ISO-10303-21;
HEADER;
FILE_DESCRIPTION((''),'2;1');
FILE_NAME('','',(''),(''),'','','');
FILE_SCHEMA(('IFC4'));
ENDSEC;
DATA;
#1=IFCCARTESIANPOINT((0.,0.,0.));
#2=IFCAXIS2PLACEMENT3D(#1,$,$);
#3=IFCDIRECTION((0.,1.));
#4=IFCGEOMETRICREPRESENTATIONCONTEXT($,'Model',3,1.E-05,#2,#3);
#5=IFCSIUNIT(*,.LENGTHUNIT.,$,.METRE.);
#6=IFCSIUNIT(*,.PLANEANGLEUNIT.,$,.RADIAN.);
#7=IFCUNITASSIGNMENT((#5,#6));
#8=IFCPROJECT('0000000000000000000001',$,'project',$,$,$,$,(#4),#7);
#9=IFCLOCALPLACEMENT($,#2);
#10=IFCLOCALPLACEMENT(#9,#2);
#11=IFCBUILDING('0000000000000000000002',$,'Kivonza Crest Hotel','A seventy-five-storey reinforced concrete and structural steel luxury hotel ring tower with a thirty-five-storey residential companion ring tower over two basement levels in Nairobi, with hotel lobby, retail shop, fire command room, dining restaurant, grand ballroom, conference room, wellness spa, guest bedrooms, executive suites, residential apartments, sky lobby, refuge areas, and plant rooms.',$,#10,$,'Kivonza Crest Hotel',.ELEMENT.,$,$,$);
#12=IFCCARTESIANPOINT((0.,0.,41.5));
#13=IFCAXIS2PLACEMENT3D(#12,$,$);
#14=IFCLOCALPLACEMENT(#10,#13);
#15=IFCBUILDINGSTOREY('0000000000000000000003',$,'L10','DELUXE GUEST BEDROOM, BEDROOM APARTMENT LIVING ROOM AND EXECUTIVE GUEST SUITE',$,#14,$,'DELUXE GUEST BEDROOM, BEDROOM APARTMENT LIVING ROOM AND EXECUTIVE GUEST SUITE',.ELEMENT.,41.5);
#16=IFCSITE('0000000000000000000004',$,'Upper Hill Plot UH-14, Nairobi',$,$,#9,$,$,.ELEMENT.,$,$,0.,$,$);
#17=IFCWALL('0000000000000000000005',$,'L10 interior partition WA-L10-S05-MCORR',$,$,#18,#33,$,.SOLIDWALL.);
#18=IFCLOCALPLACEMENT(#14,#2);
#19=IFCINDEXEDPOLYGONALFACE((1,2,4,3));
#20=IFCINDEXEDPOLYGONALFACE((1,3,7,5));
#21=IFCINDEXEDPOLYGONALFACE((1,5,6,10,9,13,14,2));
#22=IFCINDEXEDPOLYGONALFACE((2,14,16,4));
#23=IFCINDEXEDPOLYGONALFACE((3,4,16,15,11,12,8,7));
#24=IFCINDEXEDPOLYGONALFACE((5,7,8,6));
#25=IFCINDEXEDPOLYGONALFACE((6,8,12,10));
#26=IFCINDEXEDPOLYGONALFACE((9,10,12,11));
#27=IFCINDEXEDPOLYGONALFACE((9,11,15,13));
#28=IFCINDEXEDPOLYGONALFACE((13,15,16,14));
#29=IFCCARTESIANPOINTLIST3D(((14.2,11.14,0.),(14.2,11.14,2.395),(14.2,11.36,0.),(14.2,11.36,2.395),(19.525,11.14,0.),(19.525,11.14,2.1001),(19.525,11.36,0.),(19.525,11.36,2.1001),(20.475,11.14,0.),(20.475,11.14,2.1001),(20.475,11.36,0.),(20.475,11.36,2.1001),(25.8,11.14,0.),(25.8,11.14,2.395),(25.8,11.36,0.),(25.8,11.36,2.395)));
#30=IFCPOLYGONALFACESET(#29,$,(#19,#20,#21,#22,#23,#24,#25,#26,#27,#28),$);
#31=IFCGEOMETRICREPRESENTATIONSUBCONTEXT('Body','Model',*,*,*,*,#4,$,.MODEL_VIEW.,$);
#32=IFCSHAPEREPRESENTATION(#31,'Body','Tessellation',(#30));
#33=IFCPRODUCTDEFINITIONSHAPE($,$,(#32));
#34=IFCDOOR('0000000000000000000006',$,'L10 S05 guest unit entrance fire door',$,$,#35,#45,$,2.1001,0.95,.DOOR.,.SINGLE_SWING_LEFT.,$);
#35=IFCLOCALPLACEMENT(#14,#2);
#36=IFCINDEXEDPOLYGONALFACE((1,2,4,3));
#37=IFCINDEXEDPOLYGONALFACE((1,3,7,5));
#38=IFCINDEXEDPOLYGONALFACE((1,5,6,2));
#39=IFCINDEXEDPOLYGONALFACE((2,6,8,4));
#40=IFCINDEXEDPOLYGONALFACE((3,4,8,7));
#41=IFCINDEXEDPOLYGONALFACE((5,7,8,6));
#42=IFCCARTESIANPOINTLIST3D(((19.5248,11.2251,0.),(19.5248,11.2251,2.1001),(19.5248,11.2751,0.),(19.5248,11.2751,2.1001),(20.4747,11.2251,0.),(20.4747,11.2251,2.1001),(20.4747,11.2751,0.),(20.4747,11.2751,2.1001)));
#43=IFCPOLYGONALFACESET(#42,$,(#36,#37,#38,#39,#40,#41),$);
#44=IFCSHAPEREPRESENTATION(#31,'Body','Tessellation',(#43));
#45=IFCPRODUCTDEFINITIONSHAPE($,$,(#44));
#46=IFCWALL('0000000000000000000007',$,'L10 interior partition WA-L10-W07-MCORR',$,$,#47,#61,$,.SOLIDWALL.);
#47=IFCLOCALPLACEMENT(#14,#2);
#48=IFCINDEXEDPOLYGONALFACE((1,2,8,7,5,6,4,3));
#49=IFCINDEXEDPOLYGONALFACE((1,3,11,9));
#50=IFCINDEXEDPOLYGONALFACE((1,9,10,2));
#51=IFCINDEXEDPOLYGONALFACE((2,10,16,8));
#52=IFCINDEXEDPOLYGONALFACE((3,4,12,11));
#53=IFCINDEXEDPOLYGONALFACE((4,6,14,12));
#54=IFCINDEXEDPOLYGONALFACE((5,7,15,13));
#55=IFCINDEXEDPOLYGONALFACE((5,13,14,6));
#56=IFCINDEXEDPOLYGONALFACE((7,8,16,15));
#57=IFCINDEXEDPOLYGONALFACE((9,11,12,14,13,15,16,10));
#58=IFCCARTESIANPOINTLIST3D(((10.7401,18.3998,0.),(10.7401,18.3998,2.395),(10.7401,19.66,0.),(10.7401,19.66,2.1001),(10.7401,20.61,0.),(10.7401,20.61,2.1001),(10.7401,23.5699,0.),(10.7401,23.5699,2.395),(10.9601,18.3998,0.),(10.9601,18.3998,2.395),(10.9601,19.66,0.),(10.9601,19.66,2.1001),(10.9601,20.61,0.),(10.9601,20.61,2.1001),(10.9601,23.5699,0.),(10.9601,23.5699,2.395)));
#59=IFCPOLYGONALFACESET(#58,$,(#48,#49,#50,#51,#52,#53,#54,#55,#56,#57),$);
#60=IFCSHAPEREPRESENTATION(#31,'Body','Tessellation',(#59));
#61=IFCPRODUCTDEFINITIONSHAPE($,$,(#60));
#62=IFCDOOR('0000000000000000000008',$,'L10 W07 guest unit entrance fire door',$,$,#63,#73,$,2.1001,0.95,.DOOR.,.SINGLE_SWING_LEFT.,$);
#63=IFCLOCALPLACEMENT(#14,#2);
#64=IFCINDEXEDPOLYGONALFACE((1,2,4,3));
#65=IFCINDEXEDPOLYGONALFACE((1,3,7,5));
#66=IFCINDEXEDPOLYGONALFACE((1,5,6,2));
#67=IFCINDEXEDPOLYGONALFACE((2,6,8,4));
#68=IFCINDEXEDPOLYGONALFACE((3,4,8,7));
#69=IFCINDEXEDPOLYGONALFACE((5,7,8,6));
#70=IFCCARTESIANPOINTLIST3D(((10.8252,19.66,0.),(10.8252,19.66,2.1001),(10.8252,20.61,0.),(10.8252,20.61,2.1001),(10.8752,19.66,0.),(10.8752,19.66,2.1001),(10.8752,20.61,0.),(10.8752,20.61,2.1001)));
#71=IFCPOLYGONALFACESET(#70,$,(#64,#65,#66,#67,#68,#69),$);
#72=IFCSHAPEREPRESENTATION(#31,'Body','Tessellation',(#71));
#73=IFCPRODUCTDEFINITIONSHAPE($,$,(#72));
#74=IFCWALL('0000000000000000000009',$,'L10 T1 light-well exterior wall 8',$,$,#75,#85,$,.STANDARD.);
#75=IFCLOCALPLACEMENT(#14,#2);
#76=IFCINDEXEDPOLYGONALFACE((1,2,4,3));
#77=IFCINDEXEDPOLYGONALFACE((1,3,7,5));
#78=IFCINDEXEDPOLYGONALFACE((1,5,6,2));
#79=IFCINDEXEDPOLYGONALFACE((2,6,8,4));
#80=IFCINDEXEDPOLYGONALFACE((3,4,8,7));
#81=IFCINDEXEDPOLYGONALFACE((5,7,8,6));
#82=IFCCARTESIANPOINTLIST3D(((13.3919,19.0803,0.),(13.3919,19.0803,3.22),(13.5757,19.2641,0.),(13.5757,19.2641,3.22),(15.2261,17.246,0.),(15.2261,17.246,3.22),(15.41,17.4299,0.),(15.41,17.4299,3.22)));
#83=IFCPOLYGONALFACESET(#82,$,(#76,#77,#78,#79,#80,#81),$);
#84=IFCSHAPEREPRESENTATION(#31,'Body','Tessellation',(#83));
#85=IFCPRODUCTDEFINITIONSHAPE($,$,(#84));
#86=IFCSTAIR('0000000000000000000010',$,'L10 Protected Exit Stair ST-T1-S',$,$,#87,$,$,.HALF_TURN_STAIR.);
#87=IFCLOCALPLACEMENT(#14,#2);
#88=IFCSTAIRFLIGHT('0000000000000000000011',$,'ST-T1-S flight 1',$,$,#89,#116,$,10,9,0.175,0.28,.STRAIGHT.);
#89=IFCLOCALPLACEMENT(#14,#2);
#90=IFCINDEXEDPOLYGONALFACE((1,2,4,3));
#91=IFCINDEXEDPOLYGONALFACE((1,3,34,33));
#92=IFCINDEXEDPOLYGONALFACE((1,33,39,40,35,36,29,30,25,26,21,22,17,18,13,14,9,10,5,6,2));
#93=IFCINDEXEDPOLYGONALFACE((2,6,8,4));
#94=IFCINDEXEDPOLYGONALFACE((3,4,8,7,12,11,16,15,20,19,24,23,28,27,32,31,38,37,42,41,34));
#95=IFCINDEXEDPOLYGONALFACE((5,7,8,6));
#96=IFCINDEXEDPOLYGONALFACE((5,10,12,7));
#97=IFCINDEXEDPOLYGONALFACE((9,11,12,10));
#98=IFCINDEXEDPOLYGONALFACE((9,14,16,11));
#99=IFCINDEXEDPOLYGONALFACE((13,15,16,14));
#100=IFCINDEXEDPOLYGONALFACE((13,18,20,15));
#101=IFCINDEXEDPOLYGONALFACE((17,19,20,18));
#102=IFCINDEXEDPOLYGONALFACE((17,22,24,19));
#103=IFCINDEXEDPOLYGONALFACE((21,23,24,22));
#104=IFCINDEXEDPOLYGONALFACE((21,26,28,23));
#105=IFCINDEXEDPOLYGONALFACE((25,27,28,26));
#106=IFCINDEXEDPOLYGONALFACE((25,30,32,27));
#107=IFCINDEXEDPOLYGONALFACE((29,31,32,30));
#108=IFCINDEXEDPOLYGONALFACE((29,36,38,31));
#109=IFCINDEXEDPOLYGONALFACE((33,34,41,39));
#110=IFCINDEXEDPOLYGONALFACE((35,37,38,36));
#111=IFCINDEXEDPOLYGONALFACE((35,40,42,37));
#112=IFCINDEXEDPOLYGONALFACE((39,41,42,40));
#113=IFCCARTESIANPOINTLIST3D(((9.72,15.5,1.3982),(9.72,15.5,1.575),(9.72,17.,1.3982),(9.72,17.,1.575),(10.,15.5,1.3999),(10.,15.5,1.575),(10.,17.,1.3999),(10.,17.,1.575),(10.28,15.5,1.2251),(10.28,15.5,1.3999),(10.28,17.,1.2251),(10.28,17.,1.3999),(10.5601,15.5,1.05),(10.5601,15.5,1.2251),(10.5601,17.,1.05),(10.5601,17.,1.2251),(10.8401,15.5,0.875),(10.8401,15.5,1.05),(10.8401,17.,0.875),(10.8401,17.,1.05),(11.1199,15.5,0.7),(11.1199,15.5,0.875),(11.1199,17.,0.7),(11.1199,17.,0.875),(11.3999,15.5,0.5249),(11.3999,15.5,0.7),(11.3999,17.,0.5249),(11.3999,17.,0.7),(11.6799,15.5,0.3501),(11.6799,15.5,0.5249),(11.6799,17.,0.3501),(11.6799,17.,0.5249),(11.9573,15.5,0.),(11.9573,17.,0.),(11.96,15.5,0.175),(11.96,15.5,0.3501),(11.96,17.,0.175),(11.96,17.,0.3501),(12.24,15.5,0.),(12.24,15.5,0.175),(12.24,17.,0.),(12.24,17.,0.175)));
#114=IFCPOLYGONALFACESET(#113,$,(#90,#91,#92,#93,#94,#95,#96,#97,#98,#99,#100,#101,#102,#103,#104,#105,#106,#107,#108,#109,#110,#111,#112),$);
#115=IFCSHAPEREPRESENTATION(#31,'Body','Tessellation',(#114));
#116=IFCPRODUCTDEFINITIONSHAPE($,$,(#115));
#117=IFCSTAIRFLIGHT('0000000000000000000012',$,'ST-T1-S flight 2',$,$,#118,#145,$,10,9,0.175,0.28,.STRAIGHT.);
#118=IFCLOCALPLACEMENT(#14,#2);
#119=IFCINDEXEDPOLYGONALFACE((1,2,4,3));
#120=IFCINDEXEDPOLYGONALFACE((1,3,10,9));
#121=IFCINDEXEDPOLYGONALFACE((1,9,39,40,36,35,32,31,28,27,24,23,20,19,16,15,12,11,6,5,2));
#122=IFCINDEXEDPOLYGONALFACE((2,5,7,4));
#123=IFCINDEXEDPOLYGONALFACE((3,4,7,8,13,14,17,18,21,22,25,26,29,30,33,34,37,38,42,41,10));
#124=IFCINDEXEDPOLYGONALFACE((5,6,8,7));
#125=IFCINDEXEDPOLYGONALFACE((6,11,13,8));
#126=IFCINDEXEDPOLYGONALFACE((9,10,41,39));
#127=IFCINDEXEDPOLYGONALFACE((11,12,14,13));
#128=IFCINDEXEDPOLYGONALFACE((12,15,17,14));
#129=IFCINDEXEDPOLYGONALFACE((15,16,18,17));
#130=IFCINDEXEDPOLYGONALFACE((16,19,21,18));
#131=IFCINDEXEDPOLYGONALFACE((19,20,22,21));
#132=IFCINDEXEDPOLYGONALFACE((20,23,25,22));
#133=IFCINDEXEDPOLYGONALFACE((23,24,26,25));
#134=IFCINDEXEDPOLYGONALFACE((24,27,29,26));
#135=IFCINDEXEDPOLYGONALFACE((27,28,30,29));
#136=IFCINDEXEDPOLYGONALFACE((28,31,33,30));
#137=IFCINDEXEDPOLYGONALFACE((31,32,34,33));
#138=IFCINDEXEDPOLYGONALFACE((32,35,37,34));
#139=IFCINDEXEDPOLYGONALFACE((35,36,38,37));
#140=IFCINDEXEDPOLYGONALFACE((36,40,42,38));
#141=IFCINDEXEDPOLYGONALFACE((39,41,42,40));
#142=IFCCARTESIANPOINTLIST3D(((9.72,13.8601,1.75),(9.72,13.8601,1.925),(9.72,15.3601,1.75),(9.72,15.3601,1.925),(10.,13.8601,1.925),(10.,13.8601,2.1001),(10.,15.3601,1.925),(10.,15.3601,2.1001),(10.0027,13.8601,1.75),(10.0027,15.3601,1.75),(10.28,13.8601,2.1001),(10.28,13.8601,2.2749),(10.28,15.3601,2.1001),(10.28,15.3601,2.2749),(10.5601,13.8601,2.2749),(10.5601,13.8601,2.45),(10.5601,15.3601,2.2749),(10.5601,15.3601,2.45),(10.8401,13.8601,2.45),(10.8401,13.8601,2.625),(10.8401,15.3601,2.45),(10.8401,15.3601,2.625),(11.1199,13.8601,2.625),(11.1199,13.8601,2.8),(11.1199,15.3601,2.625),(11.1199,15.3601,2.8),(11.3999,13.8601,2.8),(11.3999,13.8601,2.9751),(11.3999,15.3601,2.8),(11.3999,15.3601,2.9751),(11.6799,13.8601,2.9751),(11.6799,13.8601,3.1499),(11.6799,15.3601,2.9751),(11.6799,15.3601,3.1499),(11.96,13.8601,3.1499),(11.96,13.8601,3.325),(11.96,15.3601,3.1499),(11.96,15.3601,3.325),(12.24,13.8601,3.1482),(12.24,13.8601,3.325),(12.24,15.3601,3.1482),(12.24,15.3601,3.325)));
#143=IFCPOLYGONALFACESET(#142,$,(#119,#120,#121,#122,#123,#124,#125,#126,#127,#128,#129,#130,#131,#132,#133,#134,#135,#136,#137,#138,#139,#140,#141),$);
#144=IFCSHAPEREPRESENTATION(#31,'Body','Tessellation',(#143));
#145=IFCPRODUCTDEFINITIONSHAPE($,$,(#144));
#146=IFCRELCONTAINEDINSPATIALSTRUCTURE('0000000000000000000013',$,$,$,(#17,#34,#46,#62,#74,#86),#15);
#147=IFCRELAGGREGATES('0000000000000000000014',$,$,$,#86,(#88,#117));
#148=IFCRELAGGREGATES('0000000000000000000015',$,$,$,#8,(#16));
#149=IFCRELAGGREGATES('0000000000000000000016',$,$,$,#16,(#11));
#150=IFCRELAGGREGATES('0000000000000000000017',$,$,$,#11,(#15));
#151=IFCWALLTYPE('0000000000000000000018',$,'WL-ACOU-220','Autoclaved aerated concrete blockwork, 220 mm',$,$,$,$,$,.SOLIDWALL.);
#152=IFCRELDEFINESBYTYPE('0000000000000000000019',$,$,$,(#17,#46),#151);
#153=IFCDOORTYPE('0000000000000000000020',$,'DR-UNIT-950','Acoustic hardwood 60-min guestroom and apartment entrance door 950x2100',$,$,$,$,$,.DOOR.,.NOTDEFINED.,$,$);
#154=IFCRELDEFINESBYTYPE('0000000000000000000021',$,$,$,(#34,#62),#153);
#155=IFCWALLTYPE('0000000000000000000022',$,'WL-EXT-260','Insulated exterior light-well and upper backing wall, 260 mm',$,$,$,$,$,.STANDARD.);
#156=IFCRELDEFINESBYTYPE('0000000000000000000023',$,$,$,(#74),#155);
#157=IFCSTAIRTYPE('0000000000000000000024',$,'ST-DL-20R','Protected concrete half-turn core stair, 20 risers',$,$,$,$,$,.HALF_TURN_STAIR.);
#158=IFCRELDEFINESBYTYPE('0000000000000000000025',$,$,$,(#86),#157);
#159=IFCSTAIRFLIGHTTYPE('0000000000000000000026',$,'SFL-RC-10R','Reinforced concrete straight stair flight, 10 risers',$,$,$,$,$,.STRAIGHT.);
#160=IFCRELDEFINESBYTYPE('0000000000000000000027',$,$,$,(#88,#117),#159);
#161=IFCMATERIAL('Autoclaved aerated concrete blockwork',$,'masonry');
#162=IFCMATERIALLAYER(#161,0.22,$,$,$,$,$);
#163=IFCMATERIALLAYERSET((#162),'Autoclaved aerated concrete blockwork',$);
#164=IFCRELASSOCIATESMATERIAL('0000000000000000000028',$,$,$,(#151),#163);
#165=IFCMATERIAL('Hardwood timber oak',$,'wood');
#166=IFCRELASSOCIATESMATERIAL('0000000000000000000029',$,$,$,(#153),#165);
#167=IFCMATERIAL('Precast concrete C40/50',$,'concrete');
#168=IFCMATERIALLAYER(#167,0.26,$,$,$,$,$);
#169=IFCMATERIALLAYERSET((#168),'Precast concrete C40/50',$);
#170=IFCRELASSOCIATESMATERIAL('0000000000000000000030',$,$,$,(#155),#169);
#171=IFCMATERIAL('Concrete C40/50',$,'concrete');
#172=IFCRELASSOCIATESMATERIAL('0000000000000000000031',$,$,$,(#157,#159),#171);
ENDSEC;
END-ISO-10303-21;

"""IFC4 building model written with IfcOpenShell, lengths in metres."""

from ifc_helpers import new_model, si_unit, direction, frame, frame_2d, origin, place, context, subcontext, project, spatial, polyline, rectangle, outline, extrude, material, layer, layer_set, type_object, element, fill, aggregate, save


model = new_model("IFC4")

# Units and contexts
model_context = context("Model", 3, precision=1e-05, world=origin(), true_north=direction((0.0, 1.0)))
body_context = subcontext(model_context, "Body", "Model", "MODEL_VIEW")
ifc_project = project(units=[si_unit("LENGTHUNIT", "METRE"), si_unit("PLANEANGLEUNIT", "RADIAN")], contexts=[model_context])

# Site, building, storey
site_placement = place(None, origin())
site = spatial("IfcSite", under=ifc_project, at=site_placement, Name="Upper Hill Plot UH-14, Nairobi", CompositionType="ELEMENT", RefElevation=0.0)
building_placement = place(site_placement, origin())
building = spatial("IfcBuilding", under=site, at=building_placement, Name="Kivonza Crest Hotel", Description="A seventy-five-storey reinforced concrete and structural steel luxury hotel ring tower with a thirty-five-storey residential companion ring tower over two basement levels in Nairobi, with hotel lobby, retail shop, fire command room, dining restaurant, grand ballroom, conference room, wellness spa, guest bedrooms, executive suites, residential apartments, sky lobby, refuge areas, and plant rooms.", LongName="Kivonza Crest Hotel", CompositionType="ELEMENT")
storey_placement = place(building_placement, frame((0.0, 0.0, 41.5)))
storey = spatial("IfcBuildingStorey", under=building, at=storey_placement, Name="L10", Description="DELUXE GUEST BEDROOM, BEDROOM APARTMENT LIVING ROOM AND EXECUTIVE GUEST SUITE", LongName="DELUXE GUEST BEDROOM, BEDROOM APARTMENT LIVING ROOM AND EXECUTIVE GUEST SUITE", CompositionType="ELEMENT", Elevation=41.5)

# Shared definitions
ifc_material_1 = material(Name="Autoclaved aerated concrete blockwork", Category="masonry")
ifc_layer_1 = layer(ifc_material_1, 0.22)
ifc_layer_set_1 = layer_set([ifc_layer_1], Name="Autoclaved aerated concrete blockwork")
wall_type_1 = type_object("IfcWallType", Name="WL-ACOU-220", Description="Autoclaved aerated concrete blockwork, 220 mm", PredefinedType="SOLIDWALL", material=ifc_layer_set_1)

# Walls, openings, doors
wall_1_placement = place(storey_placement, frame((14.2, 11.25, 0.0), z_axis=(0.0, 0.0, 1.0), x_axis=(1.0, 0.0, 0.0)))
wall_1 = element("IfcWall", 1, at=wall_1_placement, inside=storey, type_object=wall_type_1, Name="L10 interior partition WA-L10-S05-MCORR", PredefinedType="SOLIDWALL", context=body_context, shape_type="SweptSolid", body=[
    extrude(rectangle(XDim=11.6001, YDim=0.22, at=frame_2d((5.8, 0.0))), origin(), (0.0, 0.0, 1.0), 2.395),
])
opening_1_placement = place(wall_1_placement, frame((5.325, 0.0, 0.0)))
opening_1 = element("IfcOpeningElement", 2, at=opening_1_placement, cuts=wall_1, PredefinedType="OPENING", context=body_context, shape_type="SweptSolid", body=[
    extrude(rectangle(XDim=0.95, YDim=2.1001, at=frame_2d((0.4751, 1.05))), frame((0.0, 0.1201, 0.0), z_axis=(0.0, -1.0, 0.0), x_axis=(1.0, 0.0, 0.0)), (0.0, 0.0, 1.0), 0.24),
])
ifc_material_2 = material(Name="Hardwood timber oak", Category="wood")
door_type_1 = type_object("IfcDoorType", Name="DR-UNIT-950", Description="Acoustic hardwood 60-min guestroom and apartment entrance door 950x2100", OperationType="NOTDEFINED", PredefinedType="DOOR", material=ifc_material_2)
door_1_placement = place(opening_1_placement, frame((0.95, 0.0, 0.0), z_axis=(0.0, 0.0, 1.0), x_axis=(-1.0, 0.0, 0.0)))
door_1 = element("IfcDoor", 3, at=door_1_placement, inside=storey, type_object=door_type_1, Name="L10 S05 guest unit entrance fire door", OperationType="SINGLE_SWING_LEFT", OverallHeight=2.1001, OverallWidth=0.95, PredefinedType="DOOR", context=body_context, shape_type="SweptSolid", body=[
    extrude(rectangle(XDim=0.95, YDim=2.1001, at=frame_2d((0.4751, 1.05))), frame((0.0, 0.0249, 0.0), z_axis=(0.0, -1.0, 0.0), x_axis=(1.0, 0.0, 0.0)), (0.0, 0.0, 1.0), 0.05),
])
fill(opening_1, door_1)
wall_2_placement = place(storey_placement, frame((10.8501, 18.3999, 0.0), z_axis=(0.0, 0.0, 1.0), x_axis=(0.0, 1.0, 0.0)))
wall_2 = element("IfcWall", 4, at=wall_2_placement, inside=storey, type_object=wall_type_1, Name="L10 interior partition WA-L10-W07-MCORR", PredefinedType="SOLIDWALL", context=body_context, shape_type="SweptSolid", body=[
    extrude(rectangle(XDim=5.1702, YDim=0.22, at=frame_2d((2.585, 0.0))), origin(), (0.0, 0.0, 1.0), 2.395),
])
opening_2_placement = place(wall_2_placement, frame((1.26, 0.0, 0.0)))
opening_2 = element("IfcOpeningElement", 5, at=opening_2_placement, cuts=wall_2, PredefinedType="OPENING", context=body_context, shape_type="SweptSolid", body=[
    extrude(rectangle(XDim=0.95, YDim=2.1001, at=frame_2d((0.4751, 1.05))), frame((0.0, 0.1201, 0.0), z_axis=(0.0, -1.0, 0.0), x_axis=(1.0, 0.0, 0.0)), (0.0, 0.0, 1.0), 0.24),
])
door_2_placement = place(opening_2_placement, origin())
door_2 = element("IfcDoor", 6, at=door_2_placement, inside=storey, type_object=door_type_1, Name="L10 W07 guest unit entrance fire door", OperationType="SINGLE_SWING_LEFT", OverallHeight=2.1001, OverallWidth=0.95, PredefinedType="DOOR", context=body_context, shape_type="SweptSolid", body=[
    extrude(rectangle(XDim=0.95, YDim=2.1001, at=frame_2d((0.4751, 1.05))), frame((0.0, 0.0249, 0.0), z_axis=(0.0, -1.0, 0.0), x_axis=(1.0, 0.0, 0.0)), (0.0, 0.0, 1.0), 0.05),
])
fill(opening_2, door_2)

# Wall
ifc_material_3 = material(Name="Precast concrete C40/50", Category="concrete")
ifc_layer_2 = layer(ifc_material_3, 0.26)
ifc_layer_set_2 = layer_set([ifc_layer_2], Name="Precast concrete C40/50")
wall_type_2 = type_object("IfcWallType", Name="WL-EXT-260", Description="Insulated exterior light-well and upper backing wall, 260 mm", PredefinedType="STANDARD", material=ifc_layer_set_2)
wall_3_placement = place(storey_placement, frame((13.4839, 19.1721, 0.0), z_axis=(0.0, 0.0, 1.0), x_axis=(0.707107, -0.707107, 0.0)))
element("IfcWall", 7, at=wall_3_placement, inside=storey, type_object=wall_type_2, Name="L10 T1 light-well exterior wall 8", PredefinedType="STANDARD", context=body_context, shape_type="SweptSolid", body=[
    extrude(rectangle(XDim=2.594, YDim=0.26, at=frame_2d((1.2969, 0.0))), origin(), (0.0, 0.0, 1.0), 3.22),
])

# Stair, stair flights
ifc_material_4 = material(Name="Concrete C40/50", Category="concrete")
stair_type = type_object("IfcStairType", Name="ST-DL-20R", Description="Protected concrete half-turn core stair, 20 risers", PredefinedType="HALF_TURN_STAIR", material=ifc_material_4)
stair_placement = place(storey_placement, origin())
stair = element("IfcStair", 8, at=stair_placement, inside=storey, type_object=stair_type, Name="L10 Protected Exit Stair ST-T1-S", PredefinedType="HALF_TURN_STAIR")
stair_flight_type = type_object("IfcStairFlightType", Name="SFL-RC-10R", Description="Reinforced concrete straight stair flight, 10 risers", PredefinedType="STRAIGHT", material=ifc_material_4)
stair_flight_1_placement = place(storey_placement, frame((12.24, 16.25, 0.0), z_axis=(0.0, 0.0, 1.0), x_axis=(-1.0, 0.0, 0.0)))
stair_flight_1 = element("IfcStairFlight", 9, at=stair_flight_1_placement, type_object=stair_flight_type, Name="ST-T1-S flight 1", NumberOfRisers=10, NumberOfTreads=9, PredefinedType="STRAIGHT", RiserHeight=0.175, TreadLength=0.28, context=body_context, shape_type="SweptSolid", body=[
    extrude(outline(polyline([(0.0, 0.0), (0.0, 0.175), (0.28, 0.175), (0.28, 0.3501), (0.5601, 0.3501), (0.5601, 0.5249), (0.8401, 0.5249), (0.8401, 0.7), (1.1201, 0.7), (1.1201, 0.875), (1.3999, 0.875), (1.3999, 1.05), (1.6799, 1.05), (1.6799, 1.2251), (1.96, 1.2251), (1.96, 1.3999), (2.24, 1.3999), (2.24, 1.575), (2.52, 1.575), (2.52, 1.75), (2.52, 1.3982), (0.2827, 0.0), (0.0, 0.0)])), frame((0.0, 0.75, 0.0), z_axis=(0.0, -1.0, 0.0), x_axis=(1.0, 0.0, 0.0)), (0.0, 0.0, 1.0), 1.5),
])
stair_flight_2_placement = place(storey_placement, frame((9.72, 14.6101, 1.75), z_axis=(0.0, 0.0, 1.0), x_axis=(1.0, 0.0, 0.0)))
stair_flight_2 = element("IfcStairFlight", 10, at=stair_flight_2_placement, type_object=stair_flight_type, Name="ST-T1-S flight 2", NumberOfRisers=10, NumberOfTreads=9, PredefinedType="STRAIGHT", RiserHeight=0.175, TreadLength=0.28, context=body_context, shape_type="SweptSolid", body=[
    extrude(outline(polyline([(0.0, 0.0), (0.0, 0.175), (0.28, 0.175), (0.28, 0.3501), (0.5601, 0.3501), (0.5601, 0.5249), (0.8401, 0.5249), (0.8401, 0.7), (1.1201, 0.7), (1.1201, 0.875), (1.3999, 0.875), (1.3999, 1.05), (1.6799, 1.05), (1.6799, 1.2251), (1.96, 1.2251), (1.96, 1.3999), (2.24, 1.3999), (2.24, 1.575), (2.52, 1.575), (2.52, 1.75), (2.52, 1.3982), (0.2827, 0.0), (0.0, 0.0)])), frame((0.0, 0.75, 0.0), z_axis=(0.0, -1.0, 0.0), x_axis=(1.0, 0.0, 0.0)), (0.0, 0.0, 1.0), 1.5),
])
aggregate(stair, [stair_flight_1, stair_flight_2])

save(model, "model.ifc")
